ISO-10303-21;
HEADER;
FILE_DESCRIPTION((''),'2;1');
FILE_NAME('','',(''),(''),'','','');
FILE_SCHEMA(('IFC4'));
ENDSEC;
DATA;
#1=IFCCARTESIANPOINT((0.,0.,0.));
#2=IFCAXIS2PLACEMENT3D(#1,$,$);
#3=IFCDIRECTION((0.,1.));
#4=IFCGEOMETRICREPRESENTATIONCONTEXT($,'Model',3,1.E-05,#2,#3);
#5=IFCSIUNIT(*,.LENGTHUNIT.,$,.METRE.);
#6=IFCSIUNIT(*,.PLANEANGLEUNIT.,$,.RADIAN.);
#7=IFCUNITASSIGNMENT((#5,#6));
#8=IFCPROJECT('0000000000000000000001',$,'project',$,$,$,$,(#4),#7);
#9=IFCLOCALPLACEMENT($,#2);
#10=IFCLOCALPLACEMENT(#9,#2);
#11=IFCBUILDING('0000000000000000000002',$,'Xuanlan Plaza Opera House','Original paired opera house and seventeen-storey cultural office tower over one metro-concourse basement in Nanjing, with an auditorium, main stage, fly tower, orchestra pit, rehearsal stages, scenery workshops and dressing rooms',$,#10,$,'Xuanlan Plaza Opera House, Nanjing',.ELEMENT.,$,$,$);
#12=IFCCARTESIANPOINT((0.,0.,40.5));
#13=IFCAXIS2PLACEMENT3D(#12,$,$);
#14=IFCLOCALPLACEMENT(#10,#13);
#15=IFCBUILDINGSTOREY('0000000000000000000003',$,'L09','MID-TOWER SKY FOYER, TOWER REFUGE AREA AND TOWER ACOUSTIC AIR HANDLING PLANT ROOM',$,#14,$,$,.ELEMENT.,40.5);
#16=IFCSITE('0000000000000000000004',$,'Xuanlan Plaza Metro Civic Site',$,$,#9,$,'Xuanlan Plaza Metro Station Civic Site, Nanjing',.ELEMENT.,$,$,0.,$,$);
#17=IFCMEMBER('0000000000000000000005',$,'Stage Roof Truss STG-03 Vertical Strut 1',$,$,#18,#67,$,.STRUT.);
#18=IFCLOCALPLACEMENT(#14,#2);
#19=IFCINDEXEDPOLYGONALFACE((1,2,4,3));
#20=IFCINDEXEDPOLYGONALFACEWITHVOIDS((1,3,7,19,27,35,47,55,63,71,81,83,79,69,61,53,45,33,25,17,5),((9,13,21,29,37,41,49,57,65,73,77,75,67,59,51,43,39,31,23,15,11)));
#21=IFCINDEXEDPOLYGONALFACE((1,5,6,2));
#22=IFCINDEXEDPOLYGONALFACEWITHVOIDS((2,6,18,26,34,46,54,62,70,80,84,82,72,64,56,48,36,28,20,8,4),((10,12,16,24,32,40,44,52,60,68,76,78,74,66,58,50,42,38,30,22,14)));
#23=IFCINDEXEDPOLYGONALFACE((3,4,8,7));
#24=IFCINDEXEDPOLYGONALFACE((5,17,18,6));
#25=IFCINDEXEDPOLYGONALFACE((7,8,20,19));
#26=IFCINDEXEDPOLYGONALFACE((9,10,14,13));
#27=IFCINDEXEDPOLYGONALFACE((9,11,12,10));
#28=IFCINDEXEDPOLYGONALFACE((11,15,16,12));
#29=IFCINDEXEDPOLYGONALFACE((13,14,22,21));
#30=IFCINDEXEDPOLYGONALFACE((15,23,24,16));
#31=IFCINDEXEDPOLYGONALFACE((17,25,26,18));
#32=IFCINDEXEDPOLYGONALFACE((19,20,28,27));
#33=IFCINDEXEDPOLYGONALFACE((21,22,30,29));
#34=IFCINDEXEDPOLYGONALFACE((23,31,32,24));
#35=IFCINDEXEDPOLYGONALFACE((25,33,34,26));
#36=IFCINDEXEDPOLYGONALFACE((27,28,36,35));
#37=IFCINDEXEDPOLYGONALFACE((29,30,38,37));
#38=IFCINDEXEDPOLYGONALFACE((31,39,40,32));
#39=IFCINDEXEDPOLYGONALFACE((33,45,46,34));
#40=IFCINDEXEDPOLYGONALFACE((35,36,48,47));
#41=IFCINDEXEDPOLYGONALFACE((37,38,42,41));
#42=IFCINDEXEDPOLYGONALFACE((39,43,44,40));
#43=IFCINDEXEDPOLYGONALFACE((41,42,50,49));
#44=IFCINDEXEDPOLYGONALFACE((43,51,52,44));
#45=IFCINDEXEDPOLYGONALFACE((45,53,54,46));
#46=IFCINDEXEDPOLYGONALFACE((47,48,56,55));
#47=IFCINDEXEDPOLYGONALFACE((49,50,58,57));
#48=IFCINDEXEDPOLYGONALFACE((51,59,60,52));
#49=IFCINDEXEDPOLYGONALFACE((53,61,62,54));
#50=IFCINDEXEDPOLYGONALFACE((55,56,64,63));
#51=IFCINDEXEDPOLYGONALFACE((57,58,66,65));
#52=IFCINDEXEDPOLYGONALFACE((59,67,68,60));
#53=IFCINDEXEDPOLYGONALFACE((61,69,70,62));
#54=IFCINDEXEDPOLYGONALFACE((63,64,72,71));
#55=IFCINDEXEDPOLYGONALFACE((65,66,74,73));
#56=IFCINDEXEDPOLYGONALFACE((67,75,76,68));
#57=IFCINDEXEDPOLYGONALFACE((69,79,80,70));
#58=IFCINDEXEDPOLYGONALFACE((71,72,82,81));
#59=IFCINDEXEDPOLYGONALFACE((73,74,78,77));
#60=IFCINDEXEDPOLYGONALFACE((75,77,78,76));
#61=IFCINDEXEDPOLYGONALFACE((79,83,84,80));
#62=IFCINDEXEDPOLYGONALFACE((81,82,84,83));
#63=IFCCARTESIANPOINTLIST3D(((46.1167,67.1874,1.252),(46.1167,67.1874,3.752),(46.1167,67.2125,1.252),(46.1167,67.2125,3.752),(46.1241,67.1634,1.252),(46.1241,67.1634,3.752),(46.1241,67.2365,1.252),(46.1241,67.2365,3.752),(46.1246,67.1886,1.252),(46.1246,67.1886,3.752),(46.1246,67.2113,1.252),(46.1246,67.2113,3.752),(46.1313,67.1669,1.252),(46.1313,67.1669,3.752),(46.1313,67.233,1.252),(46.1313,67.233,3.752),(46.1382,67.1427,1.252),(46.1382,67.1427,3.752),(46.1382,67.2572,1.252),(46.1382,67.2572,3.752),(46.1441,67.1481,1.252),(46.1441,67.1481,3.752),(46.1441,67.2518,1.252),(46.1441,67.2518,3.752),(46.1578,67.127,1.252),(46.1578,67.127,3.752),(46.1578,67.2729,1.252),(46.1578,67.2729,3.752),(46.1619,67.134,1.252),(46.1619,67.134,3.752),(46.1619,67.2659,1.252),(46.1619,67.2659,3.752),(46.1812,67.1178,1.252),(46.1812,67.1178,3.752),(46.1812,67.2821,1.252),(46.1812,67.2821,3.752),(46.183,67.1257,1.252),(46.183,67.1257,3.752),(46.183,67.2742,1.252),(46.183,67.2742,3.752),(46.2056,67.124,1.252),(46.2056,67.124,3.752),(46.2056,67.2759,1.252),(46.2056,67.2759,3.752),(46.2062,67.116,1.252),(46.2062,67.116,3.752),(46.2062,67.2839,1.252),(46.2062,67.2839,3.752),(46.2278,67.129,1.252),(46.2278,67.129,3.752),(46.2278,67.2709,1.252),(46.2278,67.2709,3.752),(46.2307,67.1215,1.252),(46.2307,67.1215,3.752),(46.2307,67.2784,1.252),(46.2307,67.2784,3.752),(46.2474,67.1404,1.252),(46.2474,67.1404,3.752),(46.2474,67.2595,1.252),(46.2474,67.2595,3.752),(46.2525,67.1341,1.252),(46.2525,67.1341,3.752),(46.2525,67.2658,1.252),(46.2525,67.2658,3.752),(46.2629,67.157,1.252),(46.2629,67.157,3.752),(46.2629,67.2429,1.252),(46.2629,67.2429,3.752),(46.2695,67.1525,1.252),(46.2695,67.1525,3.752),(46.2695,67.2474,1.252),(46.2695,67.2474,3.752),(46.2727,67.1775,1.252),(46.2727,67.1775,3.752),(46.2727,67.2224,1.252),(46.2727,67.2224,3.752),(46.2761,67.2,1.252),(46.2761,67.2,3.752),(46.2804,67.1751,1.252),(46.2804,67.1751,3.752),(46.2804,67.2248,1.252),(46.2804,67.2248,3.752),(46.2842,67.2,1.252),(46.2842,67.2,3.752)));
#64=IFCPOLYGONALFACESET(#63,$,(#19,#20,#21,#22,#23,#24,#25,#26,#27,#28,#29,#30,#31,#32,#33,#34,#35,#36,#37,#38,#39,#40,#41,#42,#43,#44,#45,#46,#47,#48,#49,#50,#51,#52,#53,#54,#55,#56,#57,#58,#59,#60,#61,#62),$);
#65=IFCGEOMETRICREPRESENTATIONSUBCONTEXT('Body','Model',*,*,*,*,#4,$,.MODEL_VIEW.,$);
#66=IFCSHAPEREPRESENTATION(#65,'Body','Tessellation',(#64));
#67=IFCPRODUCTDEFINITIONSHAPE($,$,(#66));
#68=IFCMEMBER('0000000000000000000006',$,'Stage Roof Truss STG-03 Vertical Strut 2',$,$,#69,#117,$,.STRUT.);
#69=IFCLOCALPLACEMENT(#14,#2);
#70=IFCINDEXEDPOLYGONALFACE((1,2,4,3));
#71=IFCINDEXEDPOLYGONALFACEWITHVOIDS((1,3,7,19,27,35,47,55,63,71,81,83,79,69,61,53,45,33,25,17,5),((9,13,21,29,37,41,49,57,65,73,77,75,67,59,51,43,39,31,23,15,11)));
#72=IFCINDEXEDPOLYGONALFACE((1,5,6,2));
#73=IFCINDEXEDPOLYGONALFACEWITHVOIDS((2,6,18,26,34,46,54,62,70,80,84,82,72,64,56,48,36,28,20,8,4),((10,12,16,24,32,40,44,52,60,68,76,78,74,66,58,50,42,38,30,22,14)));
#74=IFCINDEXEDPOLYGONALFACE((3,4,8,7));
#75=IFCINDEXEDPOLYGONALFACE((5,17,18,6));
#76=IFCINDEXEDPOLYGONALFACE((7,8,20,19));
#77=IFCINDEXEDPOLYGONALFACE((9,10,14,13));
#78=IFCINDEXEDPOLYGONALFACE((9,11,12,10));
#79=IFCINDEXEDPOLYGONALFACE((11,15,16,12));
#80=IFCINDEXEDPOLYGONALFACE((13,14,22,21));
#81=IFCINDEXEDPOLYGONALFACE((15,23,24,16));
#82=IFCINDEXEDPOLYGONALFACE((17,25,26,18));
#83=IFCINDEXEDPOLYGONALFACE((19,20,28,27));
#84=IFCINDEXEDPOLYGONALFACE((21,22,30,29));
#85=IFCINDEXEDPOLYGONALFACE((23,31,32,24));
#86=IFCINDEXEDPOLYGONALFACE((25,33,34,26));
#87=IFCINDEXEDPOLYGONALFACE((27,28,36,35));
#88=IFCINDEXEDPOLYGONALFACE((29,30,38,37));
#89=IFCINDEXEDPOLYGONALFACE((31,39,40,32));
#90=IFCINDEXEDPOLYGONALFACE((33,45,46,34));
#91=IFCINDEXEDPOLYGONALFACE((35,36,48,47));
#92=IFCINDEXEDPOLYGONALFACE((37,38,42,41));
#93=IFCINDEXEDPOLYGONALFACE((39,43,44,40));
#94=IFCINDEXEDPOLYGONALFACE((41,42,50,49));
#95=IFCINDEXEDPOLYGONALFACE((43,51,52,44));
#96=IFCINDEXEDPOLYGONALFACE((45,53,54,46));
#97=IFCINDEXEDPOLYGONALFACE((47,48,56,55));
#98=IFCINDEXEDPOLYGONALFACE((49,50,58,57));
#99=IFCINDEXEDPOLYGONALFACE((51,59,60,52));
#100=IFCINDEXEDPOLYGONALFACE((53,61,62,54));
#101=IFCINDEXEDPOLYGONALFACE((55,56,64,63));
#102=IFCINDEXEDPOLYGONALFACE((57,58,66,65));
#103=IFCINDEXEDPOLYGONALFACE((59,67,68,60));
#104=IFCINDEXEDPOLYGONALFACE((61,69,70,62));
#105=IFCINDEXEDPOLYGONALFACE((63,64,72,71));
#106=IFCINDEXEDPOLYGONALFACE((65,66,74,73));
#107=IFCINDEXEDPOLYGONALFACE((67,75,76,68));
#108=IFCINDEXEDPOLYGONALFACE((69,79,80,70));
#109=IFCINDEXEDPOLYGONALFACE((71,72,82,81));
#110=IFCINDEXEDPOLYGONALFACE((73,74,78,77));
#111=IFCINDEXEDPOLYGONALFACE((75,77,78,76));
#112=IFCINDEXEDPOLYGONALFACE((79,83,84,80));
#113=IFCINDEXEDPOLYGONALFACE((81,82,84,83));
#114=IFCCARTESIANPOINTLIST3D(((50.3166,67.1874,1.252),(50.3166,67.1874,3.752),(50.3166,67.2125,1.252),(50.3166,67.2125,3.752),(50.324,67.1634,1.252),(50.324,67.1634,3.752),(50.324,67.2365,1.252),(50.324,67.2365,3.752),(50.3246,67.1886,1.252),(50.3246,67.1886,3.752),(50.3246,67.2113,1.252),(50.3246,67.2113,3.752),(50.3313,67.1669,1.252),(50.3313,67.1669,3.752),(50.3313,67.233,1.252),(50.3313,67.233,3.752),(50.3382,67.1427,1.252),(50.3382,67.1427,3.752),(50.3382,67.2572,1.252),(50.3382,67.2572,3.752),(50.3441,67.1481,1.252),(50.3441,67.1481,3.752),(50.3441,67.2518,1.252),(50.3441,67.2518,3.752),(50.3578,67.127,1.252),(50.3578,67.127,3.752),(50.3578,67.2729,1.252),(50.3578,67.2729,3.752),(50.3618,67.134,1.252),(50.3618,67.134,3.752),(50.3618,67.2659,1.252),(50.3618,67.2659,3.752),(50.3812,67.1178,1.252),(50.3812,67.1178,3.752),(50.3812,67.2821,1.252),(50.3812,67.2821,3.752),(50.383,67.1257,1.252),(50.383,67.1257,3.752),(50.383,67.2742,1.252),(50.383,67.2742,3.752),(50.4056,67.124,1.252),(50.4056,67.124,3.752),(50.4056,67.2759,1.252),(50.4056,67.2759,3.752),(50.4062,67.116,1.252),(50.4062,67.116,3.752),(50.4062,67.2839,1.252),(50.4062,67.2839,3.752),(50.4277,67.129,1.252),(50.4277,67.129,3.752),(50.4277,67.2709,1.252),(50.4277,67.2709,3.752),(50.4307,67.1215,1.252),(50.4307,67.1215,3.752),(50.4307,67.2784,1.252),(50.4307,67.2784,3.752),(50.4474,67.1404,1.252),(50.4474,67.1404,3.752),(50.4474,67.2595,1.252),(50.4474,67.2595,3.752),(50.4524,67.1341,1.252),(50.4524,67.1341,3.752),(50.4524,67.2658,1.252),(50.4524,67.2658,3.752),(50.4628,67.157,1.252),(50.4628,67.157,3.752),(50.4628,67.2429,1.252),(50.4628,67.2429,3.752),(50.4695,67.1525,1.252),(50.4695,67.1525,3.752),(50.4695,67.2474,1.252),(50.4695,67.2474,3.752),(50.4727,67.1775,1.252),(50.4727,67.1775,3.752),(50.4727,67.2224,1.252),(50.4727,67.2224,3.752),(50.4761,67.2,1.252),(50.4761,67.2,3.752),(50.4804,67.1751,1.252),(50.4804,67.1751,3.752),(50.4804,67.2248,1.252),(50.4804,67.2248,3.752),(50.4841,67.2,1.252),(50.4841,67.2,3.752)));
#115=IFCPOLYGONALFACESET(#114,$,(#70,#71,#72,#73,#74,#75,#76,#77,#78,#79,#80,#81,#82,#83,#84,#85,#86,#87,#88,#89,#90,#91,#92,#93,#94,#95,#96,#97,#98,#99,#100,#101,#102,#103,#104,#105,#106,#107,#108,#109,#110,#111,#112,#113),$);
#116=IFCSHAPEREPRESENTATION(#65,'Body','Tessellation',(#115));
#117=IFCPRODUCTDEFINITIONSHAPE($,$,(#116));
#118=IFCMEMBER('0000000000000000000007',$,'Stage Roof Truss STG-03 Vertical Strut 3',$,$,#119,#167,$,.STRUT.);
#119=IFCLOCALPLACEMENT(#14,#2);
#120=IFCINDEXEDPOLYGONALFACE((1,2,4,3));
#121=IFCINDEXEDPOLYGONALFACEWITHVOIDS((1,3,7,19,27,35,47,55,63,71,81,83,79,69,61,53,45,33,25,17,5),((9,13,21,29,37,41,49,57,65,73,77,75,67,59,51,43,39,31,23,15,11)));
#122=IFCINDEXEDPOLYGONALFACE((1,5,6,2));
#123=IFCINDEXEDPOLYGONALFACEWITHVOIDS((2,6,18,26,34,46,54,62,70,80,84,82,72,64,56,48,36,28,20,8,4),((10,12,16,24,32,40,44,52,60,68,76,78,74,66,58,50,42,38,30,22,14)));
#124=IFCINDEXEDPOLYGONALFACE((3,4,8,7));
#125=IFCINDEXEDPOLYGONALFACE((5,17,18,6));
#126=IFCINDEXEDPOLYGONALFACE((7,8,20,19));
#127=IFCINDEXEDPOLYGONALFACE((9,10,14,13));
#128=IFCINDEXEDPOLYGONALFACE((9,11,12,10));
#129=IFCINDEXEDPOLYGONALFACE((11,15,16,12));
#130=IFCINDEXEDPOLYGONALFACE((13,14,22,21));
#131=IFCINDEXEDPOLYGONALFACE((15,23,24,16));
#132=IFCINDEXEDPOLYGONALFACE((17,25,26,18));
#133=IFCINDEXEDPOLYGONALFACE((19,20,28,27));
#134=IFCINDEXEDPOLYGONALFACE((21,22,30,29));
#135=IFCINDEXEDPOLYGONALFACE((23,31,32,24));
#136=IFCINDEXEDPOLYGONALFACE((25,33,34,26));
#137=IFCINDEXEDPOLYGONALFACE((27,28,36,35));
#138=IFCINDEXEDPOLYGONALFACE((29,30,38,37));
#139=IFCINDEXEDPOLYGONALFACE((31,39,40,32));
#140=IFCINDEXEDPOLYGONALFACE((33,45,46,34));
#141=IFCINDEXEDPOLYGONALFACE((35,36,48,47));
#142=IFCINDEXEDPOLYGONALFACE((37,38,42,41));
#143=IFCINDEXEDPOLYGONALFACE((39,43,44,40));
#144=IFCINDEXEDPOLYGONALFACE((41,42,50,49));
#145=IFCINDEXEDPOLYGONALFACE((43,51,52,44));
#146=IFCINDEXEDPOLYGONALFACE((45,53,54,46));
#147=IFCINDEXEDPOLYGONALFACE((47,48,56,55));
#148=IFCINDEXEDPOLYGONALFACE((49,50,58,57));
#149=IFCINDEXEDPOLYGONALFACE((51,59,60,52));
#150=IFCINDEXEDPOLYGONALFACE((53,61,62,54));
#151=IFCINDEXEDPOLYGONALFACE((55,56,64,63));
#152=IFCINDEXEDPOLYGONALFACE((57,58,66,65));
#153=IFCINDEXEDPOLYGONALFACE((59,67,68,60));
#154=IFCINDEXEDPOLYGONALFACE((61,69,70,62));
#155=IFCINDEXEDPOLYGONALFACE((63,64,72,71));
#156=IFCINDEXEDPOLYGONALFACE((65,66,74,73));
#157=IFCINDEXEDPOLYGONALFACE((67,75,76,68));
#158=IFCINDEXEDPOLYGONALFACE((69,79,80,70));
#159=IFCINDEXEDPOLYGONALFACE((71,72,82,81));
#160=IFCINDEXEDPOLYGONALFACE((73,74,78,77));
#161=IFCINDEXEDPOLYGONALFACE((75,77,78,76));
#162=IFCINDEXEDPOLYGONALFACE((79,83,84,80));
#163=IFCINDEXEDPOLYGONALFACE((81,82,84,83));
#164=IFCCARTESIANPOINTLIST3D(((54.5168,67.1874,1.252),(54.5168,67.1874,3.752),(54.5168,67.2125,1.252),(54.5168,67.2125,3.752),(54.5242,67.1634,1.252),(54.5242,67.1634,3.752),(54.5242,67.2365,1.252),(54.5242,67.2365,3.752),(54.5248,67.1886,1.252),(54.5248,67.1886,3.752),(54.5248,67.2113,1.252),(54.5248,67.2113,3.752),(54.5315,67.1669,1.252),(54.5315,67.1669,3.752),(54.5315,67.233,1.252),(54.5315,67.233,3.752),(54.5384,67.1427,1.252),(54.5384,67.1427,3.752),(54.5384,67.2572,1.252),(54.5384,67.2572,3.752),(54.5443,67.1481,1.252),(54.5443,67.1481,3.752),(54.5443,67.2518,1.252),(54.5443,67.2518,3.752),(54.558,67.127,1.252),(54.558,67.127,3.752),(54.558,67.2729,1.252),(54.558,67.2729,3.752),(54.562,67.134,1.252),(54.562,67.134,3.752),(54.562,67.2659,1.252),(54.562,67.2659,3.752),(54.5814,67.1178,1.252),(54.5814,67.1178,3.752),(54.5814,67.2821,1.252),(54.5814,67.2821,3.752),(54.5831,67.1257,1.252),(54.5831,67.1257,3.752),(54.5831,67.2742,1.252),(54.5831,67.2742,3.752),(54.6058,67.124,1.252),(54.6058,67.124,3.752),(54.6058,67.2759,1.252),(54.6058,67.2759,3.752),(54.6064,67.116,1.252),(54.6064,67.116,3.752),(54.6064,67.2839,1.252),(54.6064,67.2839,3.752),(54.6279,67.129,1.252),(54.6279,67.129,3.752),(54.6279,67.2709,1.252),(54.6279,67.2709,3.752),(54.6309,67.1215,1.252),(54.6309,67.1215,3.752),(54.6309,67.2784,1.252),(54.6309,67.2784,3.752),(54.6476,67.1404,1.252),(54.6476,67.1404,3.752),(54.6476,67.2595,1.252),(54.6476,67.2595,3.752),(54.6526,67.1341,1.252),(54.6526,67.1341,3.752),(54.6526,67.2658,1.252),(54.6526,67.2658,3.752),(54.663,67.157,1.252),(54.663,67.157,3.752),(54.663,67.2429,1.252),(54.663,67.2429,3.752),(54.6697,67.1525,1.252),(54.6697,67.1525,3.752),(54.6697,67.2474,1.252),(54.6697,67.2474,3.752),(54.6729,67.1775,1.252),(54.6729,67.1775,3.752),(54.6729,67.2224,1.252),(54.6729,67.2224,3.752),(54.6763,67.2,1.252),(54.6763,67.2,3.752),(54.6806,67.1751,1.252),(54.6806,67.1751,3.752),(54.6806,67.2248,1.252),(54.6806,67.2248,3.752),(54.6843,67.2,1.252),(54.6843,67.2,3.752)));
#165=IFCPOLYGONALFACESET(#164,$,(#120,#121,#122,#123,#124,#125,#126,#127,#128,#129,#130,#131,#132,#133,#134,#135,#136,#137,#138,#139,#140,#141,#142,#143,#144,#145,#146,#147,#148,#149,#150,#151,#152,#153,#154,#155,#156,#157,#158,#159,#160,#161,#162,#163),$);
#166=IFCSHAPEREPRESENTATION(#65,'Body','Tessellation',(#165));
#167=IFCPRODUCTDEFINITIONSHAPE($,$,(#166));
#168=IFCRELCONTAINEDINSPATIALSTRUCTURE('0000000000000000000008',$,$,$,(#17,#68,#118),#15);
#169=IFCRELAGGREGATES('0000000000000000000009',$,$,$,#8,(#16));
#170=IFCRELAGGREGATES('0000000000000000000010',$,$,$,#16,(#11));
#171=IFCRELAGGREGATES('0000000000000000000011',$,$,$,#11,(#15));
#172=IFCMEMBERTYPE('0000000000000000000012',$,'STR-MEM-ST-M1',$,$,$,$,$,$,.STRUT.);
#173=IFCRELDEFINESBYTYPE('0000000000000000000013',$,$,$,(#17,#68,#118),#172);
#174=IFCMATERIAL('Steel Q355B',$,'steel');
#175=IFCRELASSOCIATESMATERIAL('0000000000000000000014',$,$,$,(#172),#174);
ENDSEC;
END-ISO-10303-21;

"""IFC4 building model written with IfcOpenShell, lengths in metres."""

from ifc_helpers import new_model, si_unit, direction, frame, origin, origin_2d, place, context, subcontext, project, spatial, hollow_circle, extrude, material, material_profile, profile_set, type_object, element, save


model = new_model("IFC4")

# Units and contexts
model_context = context("Model", 3, precision=1e-05, world=origin(), true_north=direction((0.0, 1.0)))
body_context = subcontext(model_context, "Body", "Model", "MODEL_VIEW")
ifc_project = project(units=[si_unit("LENGTHUNIT", "METRE"), si_unit("PLANEANGLEUNIT", "RADIAN")], contexts=[model_context])

# Site, building, storey
site_placement = place(None, origin())
site = spatial("IfcSite", under=ifc_project, at=site_placement, Name="Xuanlan Plaza Metro Civic Site", LongName="Xuanlan Plaza Metro Station Civic Site, Nanjing", CompositionType="ELEMENT", RefElevation=0.0)
building_placement = place(site_placement, origin())
building = spatial("IfcBuilding", under=site, at=building_placement, Name="Xuanlan Plaza Opera House", Description="Original paired opera house and seventeen-storey cultural office tower over one metro-concourse basement in Nanjing, with an auditorium, main stage, fly tower, orchestra pit, rehearsal stages, scenery workshops and dressing rooms", LongName="Xuanlan Plaza Opera House, Nanjing", CompositionType="ELEMENT")
storey_placement = place(building_placement, frame((0.0, 0.0, 40.5)))
storey = spatial("IfcBuildingStorey", under=building, at=storey_placement, Name="L09", Description="MID-TOWER SKY FOYER, TOWER REFUGE AREA AND TOWER ACOUSTIC AIR HANDLING PLANT ROOM", CompositionType="ELEMENT", Elevation=40.5)

# Members
ifc_material_1 = material(Name="Steel Q355B", Category="steel")
ifc_material_profile_1 = material_profile(ifc_material_1, hollow_circle(Radius=0.0842, WallThickness=0.0081, at=origin_2d()), Name="CHS 168.3x8")
ifc_profile_set_1 = profile_set([ifc_material_profile_1], Name="Steel Q355B")
member_type_1 = type_object("IfcMemberType", Name="STR-MEM-ST-M1", PredefinedType="STRUT", material=ifc_profile_set_1)
for number, where, z_axis, x_axis, name in (
    (1, (46.2, 67.2, 1.252), (0.0, 0.0, 1.0), (1.0, 0.0, 0.0), "Stage Roof Truss STG-03 Vertical Strut 1"),
    (2, (50.3999, 67.2, 1.252), (0.0, 0.0, 1.0), (1.0, 0.0, 0.0), "Stage Roof Truss STG-03 Vertical Strut 2"),
    (3, (54.6001, 67.2, 1.252), (0.0, 0.0, 1.0), (1.0, 0.0, 0.0), "Stage Roof Truss STG-03 Vertical Strut 3"),
):
    element("IfcMember", number, at=place(storey_placement, frame(where, z_axis=z_axis, x_axis=x_axis)), inside=storey, type_object=member_type_1, Name=name, PredefinedType="STRUT", context=body_context, shape_type="SweptSolid", body=[
        extrude(hollow_circle(Radius=0.0842, WallThickness=0.0081, at=origin_2d()), origin(), (0.0, 0.0, 1.0), 2.5),
    ])

save(model, "model.ifc")
